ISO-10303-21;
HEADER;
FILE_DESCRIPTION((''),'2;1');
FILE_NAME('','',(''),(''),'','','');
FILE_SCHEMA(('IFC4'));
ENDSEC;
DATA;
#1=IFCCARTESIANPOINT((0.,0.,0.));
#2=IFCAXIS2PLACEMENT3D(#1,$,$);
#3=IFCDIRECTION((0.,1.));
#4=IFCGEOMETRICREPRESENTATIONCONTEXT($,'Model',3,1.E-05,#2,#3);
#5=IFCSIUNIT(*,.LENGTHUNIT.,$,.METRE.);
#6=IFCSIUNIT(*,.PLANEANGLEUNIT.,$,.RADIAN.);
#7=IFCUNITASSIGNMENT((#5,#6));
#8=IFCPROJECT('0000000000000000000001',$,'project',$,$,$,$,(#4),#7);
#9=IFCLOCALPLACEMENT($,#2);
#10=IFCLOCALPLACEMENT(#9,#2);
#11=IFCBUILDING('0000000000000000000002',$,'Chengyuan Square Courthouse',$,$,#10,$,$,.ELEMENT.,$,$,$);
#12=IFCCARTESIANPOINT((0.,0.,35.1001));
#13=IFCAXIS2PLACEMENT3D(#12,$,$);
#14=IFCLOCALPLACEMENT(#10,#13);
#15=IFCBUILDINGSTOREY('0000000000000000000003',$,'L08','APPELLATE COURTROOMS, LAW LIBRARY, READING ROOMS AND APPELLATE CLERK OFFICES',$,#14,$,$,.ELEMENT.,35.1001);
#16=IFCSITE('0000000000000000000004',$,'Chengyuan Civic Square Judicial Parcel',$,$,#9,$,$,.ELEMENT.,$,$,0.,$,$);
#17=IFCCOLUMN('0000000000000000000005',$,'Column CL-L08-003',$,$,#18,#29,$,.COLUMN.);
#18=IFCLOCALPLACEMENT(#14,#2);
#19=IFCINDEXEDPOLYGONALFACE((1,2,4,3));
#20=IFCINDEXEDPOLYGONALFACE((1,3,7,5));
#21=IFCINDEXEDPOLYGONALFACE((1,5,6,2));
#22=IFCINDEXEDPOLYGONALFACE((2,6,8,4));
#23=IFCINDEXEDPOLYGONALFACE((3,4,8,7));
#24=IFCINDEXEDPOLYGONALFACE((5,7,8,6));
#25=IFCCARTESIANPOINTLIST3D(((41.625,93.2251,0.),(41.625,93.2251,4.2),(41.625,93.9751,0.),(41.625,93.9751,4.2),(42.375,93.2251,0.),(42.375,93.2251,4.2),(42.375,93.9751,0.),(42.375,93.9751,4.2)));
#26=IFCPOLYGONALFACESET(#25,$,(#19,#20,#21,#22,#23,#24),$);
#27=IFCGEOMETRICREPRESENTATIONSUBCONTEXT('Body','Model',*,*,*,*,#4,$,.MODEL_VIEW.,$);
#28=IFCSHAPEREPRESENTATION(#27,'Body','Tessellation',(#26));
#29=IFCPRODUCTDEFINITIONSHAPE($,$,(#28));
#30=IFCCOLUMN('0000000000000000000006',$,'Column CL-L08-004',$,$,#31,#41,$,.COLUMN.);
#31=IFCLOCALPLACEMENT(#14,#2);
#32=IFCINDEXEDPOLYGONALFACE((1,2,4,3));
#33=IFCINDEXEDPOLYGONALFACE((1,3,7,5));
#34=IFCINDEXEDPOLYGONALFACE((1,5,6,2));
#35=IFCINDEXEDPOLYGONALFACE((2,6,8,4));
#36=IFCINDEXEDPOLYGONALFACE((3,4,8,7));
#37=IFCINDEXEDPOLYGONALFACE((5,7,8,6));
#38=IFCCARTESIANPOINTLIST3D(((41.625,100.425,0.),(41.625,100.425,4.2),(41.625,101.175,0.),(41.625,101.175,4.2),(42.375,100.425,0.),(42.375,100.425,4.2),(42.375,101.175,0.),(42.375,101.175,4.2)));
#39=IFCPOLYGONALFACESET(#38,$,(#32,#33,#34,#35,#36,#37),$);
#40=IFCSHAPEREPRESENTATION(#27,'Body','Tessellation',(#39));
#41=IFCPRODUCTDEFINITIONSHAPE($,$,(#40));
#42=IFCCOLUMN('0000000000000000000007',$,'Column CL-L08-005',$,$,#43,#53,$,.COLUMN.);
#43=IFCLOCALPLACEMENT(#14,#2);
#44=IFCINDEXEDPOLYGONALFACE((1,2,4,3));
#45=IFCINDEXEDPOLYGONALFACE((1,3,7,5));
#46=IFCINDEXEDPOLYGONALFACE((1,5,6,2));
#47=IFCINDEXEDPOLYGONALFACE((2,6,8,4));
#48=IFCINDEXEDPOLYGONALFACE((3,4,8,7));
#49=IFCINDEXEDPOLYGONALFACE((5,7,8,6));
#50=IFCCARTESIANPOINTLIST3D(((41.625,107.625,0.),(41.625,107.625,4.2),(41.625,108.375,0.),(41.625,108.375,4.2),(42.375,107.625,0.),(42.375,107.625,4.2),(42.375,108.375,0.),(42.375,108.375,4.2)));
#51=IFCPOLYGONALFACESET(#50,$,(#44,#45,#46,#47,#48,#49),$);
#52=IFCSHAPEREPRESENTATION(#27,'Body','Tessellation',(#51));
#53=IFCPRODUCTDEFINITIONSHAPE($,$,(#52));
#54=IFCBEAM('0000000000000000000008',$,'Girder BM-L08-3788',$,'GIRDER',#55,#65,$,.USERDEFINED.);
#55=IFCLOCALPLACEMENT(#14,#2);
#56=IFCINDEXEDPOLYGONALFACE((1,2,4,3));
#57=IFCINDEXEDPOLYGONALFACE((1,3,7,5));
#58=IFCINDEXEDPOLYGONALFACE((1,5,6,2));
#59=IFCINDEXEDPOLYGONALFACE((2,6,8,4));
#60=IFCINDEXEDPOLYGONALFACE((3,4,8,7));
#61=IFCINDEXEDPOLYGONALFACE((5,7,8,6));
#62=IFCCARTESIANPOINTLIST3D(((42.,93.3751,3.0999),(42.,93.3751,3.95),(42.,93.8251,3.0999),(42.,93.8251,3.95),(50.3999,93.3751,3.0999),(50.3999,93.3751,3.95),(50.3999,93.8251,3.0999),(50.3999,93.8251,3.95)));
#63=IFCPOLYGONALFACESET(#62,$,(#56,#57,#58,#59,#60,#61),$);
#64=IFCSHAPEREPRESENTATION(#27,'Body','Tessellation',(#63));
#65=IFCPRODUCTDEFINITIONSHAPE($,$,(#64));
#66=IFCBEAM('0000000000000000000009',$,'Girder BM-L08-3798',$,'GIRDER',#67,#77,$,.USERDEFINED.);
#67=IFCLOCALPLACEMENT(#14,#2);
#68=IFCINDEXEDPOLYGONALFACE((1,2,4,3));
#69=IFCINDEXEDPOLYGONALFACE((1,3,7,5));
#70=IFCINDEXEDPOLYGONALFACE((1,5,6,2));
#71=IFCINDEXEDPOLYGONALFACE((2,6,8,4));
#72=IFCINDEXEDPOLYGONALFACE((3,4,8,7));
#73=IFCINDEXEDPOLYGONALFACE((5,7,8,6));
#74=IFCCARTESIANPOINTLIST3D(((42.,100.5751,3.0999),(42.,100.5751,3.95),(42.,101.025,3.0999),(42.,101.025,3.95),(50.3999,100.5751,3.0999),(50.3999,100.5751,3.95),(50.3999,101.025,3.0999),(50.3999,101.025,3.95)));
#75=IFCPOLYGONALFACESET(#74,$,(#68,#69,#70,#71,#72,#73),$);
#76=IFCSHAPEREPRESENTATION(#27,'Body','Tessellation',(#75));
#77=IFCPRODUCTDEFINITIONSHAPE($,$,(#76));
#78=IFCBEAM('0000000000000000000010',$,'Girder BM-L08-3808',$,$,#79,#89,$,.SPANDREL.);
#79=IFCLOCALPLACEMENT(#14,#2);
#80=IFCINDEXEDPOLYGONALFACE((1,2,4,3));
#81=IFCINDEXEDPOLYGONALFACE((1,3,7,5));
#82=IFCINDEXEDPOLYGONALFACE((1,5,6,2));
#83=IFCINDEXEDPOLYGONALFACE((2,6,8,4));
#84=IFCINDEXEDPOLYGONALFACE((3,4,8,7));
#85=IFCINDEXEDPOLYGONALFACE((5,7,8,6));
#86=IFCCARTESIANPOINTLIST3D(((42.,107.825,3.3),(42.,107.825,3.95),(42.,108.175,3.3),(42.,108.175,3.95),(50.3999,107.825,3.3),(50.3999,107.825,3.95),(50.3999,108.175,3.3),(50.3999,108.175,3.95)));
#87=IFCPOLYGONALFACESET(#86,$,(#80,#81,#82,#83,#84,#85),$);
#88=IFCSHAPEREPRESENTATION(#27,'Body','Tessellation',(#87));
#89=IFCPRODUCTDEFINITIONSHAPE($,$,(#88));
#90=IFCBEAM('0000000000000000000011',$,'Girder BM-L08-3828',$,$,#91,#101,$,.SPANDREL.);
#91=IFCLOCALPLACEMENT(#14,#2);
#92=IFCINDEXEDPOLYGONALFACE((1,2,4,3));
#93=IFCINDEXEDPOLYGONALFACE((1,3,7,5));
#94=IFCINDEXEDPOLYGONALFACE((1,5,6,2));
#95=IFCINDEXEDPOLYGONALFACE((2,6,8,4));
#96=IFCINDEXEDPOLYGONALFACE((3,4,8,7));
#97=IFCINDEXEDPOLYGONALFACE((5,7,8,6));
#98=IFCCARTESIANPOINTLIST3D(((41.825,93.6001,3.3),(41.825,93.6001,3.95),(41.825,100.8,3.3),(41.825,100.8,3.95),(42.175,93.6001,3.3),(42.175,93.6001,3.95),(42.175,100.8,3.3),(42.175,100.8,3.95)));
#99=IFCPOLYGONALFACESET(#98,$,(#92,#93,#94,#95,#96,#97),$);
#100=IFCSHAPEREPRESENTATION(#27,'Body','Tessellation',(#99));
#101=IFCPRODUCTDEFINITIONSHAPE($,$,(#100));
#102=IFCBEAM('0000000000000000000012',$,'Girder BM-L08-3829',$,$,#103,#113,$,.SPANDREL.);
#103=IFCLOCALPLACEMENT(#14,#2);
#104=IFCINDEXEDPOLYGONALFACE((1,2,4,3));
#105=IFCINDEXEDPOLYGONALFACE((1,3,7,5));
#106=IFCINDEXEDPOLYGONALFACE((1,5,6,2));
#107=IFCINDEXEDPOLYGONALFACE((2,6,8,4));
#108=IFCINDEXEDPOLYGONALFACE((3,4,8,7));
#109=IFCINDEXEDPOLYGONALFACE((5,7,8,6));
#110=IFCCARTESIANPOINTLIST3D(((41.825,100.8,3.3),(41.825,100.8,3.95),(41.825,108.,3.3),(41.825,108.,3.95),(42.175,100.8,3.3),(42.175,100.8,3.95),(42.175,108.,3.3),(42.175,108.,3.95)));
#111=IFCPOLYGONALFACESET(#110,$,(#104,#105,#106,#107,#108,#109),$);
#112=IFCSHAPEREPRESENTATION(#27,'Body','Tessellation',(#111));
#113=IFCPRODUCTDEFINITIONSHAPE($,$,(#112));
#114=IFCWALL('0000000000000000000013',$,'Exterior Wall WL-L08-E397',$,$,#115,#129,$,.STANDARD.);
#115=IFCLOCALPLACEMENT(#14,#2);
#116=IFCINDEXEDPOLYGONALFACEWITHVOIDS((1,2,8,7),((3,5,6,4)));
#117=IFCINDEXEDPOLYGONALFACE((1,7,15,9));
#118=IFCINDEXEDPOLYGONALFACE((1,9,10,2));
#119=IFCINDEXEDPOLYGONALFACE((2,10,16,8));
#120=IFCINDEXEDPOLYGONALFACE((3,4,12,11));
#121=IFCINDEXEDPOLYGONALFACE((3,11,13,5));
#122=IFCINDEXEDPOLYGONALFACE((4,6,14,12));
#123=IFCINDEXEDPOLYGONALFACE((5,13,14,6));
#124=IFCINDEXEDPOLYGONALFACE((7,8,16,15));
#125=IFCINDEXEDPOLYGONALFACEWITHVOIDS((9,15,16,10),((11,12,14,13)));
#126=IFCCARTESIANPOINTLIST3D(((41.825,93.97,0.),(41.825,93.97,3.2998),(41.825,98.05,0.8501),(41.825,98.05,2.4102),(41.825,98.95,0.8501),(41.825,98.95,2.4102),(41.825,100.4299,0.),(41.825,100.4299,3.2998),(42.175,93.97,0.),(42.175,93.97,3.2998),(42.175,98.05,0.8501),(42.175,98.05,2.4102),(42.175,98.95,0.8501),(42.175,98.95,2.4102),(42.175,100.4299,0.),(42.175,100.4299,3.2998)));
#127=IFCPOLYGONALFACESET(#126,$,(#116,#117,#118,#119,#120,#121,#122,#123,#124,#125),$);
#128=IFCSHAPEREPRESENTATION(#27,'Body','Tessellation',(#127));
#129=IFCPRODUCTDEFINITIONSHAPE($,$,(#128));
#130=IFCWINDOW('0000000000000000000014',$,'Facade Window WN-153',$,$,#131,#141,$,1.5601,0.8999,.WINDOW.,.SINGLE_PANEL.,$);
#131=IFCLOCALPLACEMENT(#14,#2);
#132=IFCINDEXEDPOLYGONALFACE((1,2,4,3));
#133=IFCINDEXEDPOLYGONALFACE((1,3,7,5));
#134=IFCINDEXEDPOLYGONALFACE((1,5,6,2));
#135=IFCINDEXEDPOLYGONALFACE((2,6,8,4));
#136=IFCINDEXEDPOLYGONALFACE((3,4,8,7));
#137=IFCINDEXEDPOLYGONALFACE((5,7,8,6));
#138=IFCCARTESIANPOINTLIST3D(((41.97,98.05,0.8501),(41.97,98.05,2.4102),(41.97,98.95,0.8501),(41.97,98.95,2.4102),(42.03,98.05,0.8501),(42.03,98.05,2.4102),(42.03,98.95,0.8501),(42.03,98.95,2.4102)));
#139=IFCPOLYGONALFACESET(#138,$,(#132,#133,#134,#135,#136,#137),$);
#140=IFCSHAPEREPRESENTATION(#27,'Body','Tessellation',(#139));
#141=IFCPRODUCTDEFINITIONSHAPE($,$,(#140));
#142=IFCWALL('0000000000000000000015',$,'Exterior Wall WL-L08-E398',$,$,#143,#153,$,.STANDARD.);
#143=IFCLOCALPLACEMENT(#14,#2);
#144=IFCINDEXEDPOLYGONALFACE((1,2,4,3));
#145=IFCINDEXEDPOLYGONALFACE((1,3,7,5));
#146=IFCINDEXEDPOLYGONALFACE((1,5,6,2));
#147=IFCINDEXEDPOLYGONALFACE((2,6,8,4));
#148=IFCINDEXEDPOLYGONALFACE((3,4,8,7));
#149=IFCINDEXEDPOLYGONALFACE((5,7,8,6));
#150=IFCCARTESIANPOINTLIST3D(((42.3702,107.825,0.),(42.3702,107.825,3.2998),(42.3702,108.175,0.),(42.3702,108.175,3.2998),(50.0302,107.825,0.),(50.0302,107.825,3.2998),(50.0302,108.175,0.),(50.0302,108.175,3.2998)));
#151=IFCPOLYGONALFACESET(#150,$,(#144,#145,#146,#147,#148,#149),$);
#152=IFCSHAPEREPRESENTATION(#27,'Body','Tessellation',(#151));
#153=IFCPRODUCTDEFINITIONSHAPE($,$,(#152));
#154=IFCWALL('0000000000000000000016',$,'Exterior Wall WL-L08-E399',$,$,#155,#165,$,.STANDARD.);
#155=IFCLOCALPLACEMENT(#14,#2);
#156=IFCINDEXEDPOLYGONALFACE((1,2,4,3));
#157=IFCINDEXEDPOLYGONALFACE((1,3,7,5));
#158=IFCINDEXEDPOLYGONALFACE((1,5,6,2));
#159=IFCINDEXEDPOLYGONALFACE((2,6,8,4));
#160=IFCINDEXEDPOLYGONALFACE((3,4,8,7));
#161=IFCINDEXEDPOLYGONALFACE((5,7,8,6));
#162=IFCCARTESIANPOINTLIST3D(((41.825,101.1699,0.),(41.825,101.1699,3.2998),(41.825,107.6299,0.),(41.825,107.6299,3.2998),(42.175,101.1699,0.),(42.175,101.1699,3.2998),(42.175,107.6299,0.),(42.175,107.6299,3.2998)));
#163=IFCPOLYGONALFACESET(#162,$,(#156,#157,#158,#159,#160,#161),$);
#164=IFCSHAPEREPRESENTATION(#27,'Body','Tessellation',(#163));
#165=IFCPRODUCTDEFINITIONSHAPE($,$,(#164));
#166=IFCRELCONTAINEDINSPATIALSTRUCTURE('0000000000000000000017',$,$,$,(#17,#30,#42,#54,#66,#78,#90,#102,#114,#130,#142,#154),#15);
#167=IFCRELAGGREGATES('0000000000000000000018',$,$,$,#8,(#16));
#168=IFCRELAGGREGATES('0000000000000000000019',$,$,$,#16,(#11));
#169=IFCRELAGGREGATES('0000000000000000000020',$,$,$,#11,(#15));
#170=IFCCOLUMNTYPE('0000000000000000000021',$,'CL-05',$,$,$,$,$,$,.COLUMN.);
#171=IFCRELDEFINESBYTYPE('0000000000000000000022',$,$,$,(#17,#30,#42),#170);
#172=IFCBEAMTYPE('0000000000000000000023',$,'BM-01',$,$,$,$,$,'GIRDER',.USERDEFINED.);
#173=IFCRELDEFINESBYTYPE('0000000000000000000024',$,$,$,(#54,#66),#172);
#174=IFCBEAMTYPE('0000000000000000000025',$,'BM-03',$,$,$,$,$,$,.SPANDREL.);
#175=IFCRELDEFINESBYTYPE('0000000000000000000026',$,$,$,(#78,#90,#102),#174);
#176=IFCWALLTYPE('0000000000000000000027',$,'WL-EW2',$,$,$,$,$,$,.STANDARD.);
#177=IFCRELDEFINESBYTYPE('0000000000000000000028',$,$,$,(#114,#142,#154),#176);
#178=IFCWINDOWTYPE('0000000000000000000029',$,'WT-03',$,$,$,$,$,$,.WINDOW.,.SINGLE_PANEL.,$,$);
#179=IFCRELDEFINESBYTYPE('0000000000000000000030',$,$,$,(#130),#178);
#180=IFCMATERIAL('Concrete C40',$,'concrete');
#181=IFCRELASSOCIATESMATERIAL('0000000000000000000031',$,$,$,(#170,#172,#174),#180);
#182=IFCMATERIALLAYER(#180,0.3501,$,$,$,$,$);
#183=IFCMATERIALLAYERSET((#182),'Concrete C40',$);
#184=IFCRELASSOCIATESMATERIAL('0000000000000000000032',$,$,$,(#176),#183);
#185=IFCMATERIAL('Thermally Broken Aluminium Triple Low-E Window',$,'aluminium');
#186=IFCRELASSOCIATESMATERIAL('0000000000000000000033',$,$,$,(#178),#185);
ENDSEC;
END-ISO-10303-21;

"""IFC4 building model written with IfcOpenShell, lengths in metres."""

from ifc_helpers import new_model, si_unit, direction, frame, frame_2d, origin, origin_2d, place, context, subcontext, project, spatial, rectangle, extrude, material, layer, layer_set, material_profile, profile_set, type_object, element, fill, save


model = new_model("IFC4")

# Units and contexts
model_context = context("Model", 3, precision=1e-05, world=origin(), true_north=direction((0.0, 1.0)))
body_context = subcontext(model_context, "Body", "Model", "MODEL_VIEW")
ifc_project = project(units=[si_unit("LENGTHUNIT", "METRE"), si_unit("PLANEANGLEUNIT", "RADIAN")], contexts=[model_context])

# Site, building, storey
site_placement = place(None, origin())
site = spatial("IfcSite", under=ifc_project, at=site_placement, Name="Chengyuan Civic Square Judicial Parcel", CompositionType="ELEMENT", RefElevation=0.0)
building_placement = place(site_placement, origin())
building = spatial("IfcBuilding", under=site, at=building_placement, Name="Chengyuan Square Courthouse", CompositionType="ELEMENT")
storey_placement = place(building_placement, frame((0.0, 0.0, 35.1001)))
storey = spatial("IfcBuildingStorey", under=building, at=storey_placement, Name="L08", Description="APPELLATE COURTROOMS, LAW LIBRARY, READING ROOMS AND APPELLATE CLERK OFFICES", CompositionType="ELEMENT", Elevation=35.1001)

# Columns
ifc_material_1 = material(Name="Concrete C40", Category="concrete")
ifc_material_profile_1 = material_profile(ifc_material_1, rectangle(XDim=0.75, YDim=0.75, at=origin_2d()), Name="RC-COL-750x750")
ifc_profile_set_1 = profile_set([ifc_material_profile_1], Name="Concrete C40")
column_type = type_object("IfcColumnType", Name="CL-05", PredefinedType="COLUMN", material=ifc_profile_set_1)
for number, where, z_axis, x_axis, name in (
    (1, (42.0, 93.6001, 0.0), (0.0, 0.0, 1.0), (1.0, 0.0, 0.0), "Column CL-L08-003"),
    (2, (42.0, 100.8, 0.0), (0.0, 0.0, 1.0), (1.0, 0.0, 0.0), "Column CL-L08-004"),
    (3, (42.0, 108.0, 0.0), (0.0, 0.0, 1.0), (1.0, 0.0, 0.0), "Column CL-L08-005"),
):
    element("IfcColumn", number, at=place(storey_placement, frame(where, z_axis=z_axis, x_axis=x_axis)), inside=storey, type_object=column_type, Name=name, PredefinedType="COLUMN", context=body_context, shape_type="SweptSolid", body=[
        extrude(rectangle(XDim=0.75, YDim=0.75, at=origin_2d()), origin(), (0.0, 0.0, 1.0), 4.2),
    ])

# Beams
ifc_material_profile_2 = material_profile(ifc_material_1, rectangle(XDim=0.45, YDim=0.8501, at=origin_2d()), Name="RC-BM-450x850")
ifc_profile_set_2 = profile_set([ifc_material_profile_2], Name="Concrete C40")
beam_type_1 = type_object("IfcBeamType", Name="BM-01", ElementType="GIRDER", PredefinedType="USERDEFINED", material=ifc_profile_set_2)
for number, where, z_axis, x_axis, name in (
    (4, (42.0, 93.6001, 3.5249), (1.0, 0.0, 0.0), (0.0, 1.0, 0.0), "Girder BM-L08-3788"),
    (5, (42.0, 100.8, 3.5249), (1.0, 0.0, 0.0), (0.0, 1.0, 0.0), "Girder BM-L08-3798"),
):
    element("IfcBeam", number, at=place(storey_placement, frame(where, z_axis=z_axis, x_axis=x_axis)), inside=storey, type_object=beam_type_1, Name=name, ObjectType="GIRDER", PredefinedType="USERDEFINED", context=body_context, shape_type="SweptSolid", body=[
        extrude(rectangle(XDim=0.45, YDim=0.8501, at=origin_2d()), origin(), (0.0, 0.0, 1.0), 8.3999),
    ])
ifc_material_profile_3 = material_profile(ifc_material_1, rectangle(XDim=0.3501, YDim=0.6499, at=origin_2d()), Name="RC-BM-350x650")
ifc_profile_set_3 = profile_set([ifc_material_profile_3], Name="Concrete C40")
beam_type_2 = type_object("IfcBeamType", Name="BM-03", PredefinedType="SPANDREL", material=ifc_profile_set_3)
beam_placement = place(storey_placement, frame((42.0, 108.0, 3.625), z_axis=(1.0, 0.0, 0.0), x_axis=(0.0, 1.0, 0.0)))
element("IfcBeam", 6, at=beam_placement, inside=storey, type_object=beam_type_2, Name="Girder BM-L08-3808", PredefinedType="SPANDREL", context=body_context, shape_type="SweptSolid", body=[
    extrude(rectangle(XDim=0.3501, YDim=0.6499, at=origin_2d()), origin(), (0.0, 0.0, 1.0), 8.3999),
])
for number, where, z_axis, x_axis, name in (
    (7, (42.0, 93.6001, 3.625), (0.0, 1.0, 0.0), (-1.0, 0.0, 0.0), "Girder BM-L08-3828"),
    (8, (42.0, 100.8, 3.625), (0.0, 1.0, 0.0), (-1.0, 0.0, 0.0), "Girder BM-L08-3829"),
):
    element("IfcBeam", number, at=place(storey_placement, frame(where, z_axis=z_axis, x_axis=x_axis)), inside=storey, type_object=beam_type_2, Name=name, PredefinedType="SPANDREL", context=body_context, shape_type="SweptSolid", body=[
        extrude(rectangle(XDim=0.3501, YDim=0.6499, at=origin_2d()), origin(), (0.0, 0.0, 1.0), 7.2),
    ])

# Wall, opening, window
ifc_layer_1 = layer(ifc_material_1, 0.3501)
ifc_layer_set_1 = layer_set([ifc_layer_1], Name="Concrete C40")
wall_type_1 = type_object("IfcWallType", Name="WL-EW2", PredefinedType="STANDARD", material=ifc_layer_set_1)
wall_1_placement = place(storey_placement, frame((42.0, 93.97, 0.0), z_axis=(0.0, 0.0, 1.0), x_axis=(0.0, 1.0, 0.0)))
wall_1 = element("IfcWall", 9, at=wall_1_placement, inside=storey, type_object=wall_type_1, Name="Exterior Wall WL-L08-E397", PredefinedType="STANDARD", context=body_context, shape_type="SweptSolid", body=[
    extrude(rectangle(XDim=6.46, YDim=0.3501, at=frame_2d((3.23, 0.0))), origin(), (0.0, 0.0, 1.0), 3.2998),
])
opening_1_placement = place(wall_1_placement, frame((4.0801, 0.0, 0.8501)))
opening_1 = element("IfcOpeningElement", 10, at=opening_1_placement, cuts=wall_1, PredefinedType="OPENING", context=body_context, shape_type="SweptSolid", body=[
    extrude(rectangle(XDim=0.8999, YDim=1.5601, at=frame_2d((0.45, 0.78))), frame((0.0, 0.187, 0.0), z_axis=(0.0, -1.0, 0.0), x_axis=(1.0, 0.0, 0.0)), (0.0, 0.0, 1.0), 0.374),
])
ifc_material_2 = material(Name="Thermally Broken Aluminium Triple Low-E Window", Category="aluminium")
window_type = type_object("IfcWindowType", Name="WT-03", PartitioningType="SINGLE_PANEL", PredefinedType="WINDOW", material=ifc_material_2)
window_placement = place(opening_1_placement, origin())
window = element("IfcWindow", 11, at=window_placement, inside=storey, type_object=window_type, Name="Facade Window WN-153", OverallHeight=1.5601, OverallWidth=0.8999, PartitioningType="SINGLE_PANEL", PredefinedType="WINDOW", context=body_context, shape_type="SweptSolid", body=[
    extrude(rectangle(XDim=0.8999, YDim=1.5601, at=frame_2d((0.45, 0.78))), frame((0.0, 0.03, 0.0), z_axis=(0.0, -1.0, 0.0), x_axis=(1.0, 0.0, 0.0)), (0.0, 0.0, 1.0), 0.0601),
])
fill(opening_1, window)

# Walls
wall_2_placement = place(storey_placement, frame((42.3701, 108.0, 0.0), z_axis=(0.0, 0.0, 1.0), x_axis=(1.0, 0.0, 0.0)))
element("IfcWall", 12, at=wall_2_placement, inside=storey, type_object=wall_type_1, Name="Exterior Wall WL-L08-E398", PredefinedType="STANDARD", context=body_context, shape_type="SweptSolid", body=[
    extrude(rectangle(XDim=7.6599, YDim=0.3501, at=frame_2d((3.8301, 0.0))), origin(), (0.0, 0.0, 1.0), 3.2998),
])
wall_3_placement = place(storey_placement, frame((42.0, 101.1699, 0.0), z_axis=(0.0, 0.0, 1.0), x_axis=(0.0, 1.0, 0.0)))
element("IfcWall", 13, at=wall_3_placement, inside=storey, type_object=wall_type_1, Name="Exterior Wall WL-L08-E399", PredefinedType="STANDARD", context=body_context, shape_type="SweptSolid", body=[
    extrude(rectangle(XDim=6.46, YDim=0.3501, at=frame_2d((3.23, 0.0))), origin(), (0.0, 0.0, 1.0), 3.2998),
])

save(model, "model.ifc")
